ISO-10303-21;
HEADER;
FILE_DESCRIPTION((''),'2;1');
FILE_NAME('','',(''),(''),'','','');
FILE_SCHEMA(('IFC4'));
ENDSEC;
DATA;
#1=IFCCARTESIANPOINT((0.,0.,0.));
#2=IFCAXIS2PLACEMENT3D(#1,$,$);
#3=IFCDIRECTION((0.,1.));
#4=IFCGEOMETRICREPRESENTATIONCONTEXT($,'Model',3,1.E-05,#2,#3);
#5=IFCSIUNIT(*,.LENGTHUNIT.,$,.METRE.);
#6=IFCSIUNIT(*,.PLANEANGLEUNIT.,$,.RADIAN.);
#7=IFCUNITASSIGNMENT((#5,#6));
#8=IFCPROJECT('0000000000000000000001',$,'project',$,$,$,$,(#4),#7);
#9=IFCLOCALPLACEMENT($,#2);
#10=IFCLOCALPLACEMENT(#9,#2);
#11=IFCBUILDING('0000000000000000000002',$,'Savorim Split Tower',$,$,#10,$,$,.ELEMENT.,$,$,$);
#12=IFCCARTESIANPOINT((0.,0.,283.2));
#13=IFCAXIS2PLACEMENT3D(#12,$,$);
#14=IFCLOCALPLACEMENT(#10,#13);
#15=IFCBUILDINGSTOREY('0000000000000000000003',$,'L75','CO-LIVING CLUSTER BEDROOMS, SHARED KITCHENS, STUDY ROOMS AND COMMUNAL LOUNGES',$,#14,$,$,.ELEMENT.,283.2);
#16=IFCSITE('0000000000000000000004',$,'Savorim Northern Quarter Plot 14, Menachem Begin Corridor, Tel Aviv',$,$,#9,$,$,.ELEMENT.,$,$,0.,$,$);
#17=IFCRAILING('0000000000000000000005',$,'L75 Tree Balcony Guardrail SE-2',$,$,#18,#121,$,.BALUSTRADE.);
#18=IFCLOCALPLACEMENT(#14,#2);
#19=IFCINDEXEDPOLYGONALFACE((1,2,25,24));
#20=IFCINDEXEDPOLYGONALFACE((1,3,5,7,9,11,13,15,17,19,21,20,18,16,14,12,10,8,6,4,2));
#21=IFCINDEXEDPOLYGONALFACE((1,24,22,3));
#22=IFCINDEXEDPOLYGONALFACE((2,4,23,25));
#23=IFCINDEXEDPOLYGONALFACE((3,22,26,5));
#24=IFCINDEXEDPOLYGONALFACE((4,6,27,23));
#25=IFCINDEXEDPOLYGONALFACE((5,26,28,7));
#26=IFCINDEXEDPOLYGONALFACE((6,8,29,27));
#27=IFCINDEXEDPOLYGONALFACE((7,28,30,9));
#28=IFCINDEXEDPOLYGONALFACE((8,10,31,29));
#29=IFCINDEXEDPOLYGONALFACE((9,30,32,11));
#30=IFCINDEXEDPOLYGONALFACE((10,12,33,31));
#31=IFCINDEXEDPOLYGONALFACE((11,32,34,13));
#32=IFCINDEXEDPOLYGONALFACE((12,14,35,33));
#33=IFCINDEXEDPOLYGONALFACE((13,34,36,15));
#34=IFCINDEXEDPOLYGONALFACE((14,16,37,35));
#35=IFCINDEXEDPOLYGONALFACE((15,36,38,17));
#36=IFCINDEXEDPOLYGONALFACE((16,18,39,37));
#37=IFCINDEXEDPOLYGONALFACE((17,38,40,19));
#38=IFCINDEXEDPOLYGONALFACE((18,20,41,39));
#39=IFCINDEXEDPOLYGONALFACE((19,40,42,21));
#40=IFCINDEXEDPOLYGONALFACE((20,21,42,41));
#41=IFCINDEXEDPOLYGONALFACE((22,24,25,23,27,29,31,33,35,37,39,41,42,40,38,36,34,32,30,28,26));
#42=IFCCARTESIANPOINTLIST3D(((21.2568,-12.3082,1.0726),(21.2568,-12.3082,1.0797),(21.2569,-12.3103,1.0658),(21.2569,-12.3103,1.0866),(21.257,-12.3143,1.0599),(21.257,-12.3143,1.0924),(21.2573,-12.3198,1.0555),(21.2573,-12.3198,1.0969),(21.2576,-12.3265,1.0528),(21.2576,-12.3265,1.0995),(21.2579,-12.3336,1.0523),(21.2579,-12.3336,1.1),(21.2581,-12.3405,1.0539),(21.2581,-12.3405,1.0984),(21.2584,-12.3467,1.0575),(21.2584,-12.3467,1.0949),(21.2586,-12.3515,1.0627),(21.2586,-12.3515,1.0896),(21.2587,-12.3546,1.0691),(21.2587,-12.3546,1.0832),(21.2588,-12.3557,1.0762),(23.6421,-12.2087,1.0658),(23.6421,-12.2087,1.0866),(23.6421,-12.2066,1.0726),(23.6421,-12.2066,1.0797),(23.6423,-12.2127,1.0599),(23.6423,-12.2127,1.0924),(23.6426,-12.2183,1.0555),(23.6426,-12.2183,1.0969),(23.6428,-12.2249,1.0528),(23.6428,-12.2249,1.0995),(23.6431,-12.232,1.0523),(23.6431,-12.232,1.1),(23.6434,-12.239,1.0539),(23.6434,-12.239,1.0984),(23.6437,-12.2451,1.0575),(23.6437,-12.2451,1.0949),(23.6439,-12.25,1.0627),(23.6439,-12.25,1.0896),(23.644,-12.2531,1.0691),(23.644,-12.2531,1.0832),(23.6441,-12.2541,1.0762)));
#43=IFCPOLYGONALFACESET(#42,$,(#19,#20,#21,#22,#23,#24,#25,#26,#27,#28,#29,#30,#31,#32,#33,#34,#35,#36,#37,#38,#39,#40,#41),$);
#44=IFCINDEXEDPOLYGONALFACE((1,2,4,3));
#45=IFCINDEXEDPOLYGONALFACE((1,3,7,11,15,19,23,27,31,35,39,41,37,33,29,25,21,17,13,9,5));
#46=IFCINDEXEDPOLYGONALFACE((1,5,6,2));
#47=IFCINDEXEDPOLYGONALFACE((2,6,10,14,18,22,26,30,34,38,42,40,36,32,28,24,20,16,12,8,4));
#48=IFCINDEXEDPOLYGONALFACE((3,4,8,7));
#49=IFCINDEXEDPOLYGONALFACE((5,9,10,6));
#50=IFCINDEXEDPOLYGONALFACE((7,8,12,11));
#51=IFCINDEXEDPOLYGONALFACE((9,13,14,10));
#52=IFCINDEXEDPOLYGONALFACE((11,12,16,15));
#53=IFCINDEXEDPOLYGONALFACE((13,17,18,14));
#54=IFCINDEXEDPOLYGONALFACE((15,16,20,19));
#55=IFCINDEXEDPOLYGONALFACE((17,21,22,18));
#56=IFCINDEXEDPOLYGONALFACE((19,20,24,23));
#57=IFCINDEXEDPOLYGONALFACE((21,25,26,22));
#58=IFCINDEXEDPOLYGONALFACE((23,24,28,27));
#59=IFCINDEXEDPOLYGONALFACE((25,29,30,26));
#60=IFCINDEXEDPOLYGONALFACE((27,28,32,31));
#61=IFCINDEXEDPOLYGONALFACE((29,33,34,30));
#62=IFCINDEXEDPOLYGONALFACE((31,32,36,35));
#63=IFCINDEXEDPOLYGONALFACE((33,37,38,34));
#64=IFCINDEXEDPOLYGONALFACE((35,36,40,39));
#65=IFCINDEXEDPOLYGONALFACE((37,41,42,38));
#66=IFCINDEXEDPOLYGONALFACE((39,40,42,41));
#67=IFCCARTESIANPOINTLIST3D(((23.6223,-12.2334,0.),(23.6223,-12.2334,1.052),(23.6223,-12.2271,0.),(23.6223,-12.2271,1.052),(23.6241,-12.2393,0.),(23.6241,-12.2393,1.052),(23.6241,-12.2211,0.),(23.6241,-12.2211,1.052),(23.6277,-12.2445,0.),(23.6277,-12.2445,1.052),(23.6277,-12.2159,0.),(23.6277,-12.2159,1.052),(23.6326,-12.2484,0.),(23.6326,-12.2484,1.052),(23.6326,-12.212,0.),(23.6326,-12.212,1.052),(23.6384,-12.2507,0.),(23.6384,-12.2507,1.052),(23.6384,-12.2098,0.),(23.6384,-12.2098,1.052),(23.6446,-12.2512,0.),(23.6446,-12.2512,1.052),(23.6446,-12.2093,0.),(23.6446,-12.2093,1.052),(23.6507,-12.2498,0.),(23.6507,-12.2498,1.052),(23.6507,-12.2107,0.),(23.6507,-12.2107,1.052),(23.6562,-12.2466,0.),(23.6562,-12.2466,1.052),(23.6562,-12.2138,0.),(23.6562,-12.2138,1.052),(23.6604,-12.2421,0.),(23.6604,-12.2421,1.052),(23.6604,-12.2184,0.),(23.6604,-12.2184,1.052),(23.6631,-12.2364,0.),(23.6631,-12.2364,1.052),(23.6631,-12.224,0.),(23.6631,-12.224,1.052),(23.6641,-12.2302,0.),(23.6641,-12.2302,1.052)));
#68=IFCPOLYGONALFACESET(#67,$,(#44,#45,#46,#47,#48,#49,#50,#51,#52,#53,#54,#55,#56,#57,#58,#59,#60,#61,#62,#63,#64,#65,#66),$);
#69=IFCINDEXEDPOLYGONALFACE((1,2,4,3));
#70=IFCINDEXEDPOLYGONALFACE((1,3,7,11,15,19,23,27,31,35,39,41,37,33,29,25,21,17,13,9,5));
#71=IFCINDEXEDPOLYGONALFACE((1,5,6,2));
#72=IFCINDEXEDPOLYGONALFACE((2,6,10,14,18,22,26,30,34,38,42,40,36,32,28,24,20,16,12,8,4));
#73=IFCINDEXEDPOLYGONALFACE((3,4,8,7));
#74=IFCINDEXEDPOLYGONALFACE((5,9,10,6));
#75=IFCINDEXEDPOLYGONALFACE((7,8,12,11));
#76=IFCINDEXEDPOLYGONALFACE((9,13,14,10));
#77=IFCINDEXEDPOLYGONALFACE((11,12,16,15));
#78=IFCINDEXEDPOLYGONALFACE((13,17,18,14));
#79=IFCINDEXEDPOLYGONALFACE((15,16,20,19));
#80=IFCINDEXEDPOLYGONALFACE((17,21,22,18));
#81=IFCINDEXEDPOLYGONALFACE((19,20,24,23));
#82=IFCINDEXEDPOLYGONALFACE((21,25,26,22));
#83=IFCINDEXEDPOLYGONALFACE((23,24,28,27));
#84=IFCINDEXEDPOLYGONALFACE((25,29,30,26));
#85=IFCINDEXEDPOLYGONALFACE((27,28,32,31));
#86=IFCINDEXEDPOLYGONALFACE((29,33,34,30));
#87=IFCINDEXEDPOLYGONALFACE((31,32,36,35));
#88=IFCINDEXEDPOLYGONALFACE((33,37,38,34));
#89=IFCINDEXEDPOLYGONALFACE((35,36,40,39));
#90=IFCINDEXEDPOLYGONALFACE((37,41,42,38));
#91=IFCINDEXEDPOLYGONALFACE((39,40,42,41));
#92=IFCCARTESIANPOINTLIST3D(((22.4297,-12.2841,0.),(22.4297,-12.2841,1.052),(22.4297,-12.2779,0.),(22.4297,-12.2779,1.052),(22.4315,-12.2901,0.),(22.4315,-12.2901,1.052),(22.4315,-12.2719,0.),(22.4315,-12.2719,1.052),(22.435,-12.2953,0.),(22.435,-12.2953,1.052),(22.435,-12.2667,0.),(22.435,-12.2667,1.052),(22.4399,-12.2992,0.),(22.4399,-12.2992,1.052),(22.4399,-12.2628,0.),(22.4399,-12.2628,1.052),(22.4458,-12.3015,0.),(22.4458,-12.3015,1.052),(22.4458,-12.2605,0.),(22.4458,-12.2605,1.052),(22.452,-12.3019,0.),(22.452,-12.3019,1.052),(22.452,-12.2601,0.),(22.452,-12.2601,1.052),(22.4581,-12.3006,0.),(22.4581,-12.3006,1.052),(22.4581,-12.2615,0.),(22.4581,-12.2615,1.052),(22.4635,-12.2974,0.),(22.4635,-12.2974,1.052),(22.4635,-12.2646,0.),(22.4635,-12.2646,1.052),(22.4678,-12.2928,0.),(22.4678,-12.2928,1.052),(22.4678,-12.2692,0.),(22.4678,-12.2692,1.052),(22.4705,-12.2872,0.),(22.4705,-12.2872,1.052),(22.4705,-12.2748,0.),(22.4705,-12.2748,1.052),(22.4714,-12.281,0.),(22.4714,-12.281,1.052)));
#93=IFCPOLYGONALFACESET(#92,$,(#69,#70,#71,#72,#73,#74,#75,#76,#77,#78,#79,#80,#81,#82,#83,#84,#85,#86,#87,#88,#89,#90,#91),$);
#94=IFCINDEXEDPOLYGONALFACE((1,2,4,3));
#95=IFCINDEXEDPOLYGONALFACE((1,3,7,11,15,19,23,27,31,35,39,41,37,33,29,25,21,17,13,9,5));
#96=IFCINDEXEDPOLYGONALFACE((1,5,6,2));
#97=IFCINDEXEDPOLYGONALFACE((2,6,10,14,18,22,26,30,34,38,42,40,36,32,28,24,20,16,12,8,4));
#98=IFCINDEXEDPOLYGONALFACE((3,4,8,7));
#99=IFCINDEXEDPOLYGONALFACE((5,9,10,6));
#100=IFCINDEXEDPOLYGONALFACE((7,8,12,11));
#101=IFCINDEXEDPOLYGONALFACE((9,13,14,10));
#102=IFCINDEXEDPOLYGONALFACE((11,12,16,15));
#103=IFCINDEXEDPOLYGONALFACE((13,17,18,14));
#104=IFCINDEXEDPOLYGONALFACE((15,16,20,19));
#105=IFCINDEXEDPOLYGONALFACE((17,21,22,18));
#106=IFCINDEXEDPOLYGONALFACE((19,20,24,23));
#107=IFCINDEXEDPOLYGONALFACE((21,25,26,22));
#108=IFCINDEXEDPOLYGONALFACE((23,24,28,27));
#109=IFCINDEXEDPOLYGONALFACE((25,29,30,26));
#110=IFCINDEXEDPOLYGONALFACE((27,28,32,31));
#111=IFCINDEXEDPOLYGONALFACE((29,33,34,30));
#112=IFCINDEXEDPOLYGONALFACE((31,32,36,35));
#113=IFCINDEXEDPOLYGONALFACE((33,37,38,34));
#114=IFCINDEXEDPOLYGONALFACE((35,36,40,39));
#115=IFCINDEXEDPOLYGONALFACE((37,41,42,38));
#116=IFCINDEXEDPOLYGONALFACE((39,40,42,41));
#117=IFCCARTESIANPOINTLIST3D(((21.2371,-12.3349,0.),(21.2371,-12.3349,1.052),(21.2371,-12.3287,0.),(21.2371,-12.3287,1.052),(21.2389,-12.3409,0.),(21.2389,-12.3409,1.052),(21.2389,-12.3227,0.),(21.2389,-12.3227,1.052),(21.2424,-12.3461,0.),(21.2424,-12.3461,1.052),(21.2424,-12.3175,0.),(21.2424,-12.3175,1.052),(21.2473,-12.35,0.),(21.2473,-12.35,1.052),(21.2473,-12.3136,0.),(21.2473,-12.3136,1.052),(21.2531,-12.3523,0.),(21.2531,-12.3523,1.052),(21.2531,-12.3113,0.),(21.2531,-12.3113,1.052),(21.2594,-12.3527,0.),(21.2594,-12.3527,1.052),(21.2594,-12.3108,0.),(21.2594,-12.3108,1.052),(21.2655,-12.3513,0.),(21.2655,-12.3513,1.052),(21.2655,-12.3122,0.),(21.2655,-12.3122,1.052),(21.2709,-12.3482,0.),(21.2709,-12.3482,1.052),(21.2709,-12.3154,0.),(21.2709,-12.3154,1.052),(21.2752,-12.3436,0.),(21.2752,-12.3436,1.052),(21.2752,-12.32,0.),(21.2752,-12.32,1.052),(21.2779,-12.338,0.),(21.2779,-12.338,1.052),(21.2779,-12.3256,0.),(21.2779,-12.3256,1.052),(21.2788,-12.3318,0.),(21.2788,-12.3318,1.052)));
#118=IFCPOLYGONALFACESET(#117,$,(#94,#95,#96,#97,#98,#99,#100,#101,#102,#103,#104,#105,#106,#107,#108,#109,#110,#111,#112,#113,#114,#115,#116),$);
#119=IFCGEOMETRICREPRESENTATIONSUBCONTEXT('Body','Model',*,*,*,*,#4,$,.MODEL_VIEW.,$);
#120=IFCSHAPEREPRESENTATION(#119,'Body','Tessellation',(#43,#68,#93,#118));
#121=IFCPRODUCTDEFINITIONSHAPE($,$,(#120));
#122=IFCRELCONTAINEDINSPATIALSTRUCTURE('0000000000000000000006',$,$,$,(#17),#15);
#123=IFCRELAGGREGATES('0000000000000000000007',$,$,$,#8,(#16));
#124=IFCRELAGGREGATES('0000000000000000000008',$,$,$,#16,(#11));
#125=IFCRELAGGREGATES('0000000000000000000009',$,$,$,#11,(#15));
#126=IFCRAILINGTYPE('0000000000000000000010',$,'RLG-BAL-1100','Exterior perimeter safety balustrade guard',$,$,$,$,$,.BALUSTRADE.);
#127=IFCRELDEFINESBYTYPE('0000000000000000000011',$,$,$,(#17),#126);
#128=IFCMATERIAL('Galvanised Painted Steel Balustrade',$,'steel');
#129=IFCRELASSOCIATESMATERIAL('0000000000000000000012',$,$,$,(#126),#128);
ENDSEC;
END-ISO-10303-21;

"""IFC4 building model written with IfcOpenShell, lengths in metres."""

from ifc_helpers import new_model, si_unit, direction, frame, origin, origin_2d, place, context, subcontext, project, spatial, circle, extrude, material, type_object, element, save


model = new_model("IFC4")

# Units and contexts
model_context = context("Model", 3, precision=1e-05, world=origin(), true_north=direction((0.0, 1.0)))
body_context = subcontext(model_context, "Body", "Model", "MODEL_VIEW")
ifc_project = project(units=[si_unit("LENGTHUNIT", "METRE"), si_unit("PLANEANGLEUNIT", "RADIAN")], contexts=[model_context])

# Site, building, storey
site_placement = place(None, origin())
site = spatial("IfcSite", under=ifc_project, at=site_placement, Name="Savorim Northern Quarter Plot 14, Menachem Begin Corridor, Tel Aviv", CompositionType="ELEMENT", RefElevation=0.0)
building_placement = place(site_placement, origin())
building = spatial("IfcBuilding", under=site, at=building_placement, Name="Savorim Split Tower", CompositionType="ELEMENT")
storey_placement = place(building_placement, frame((0.0, 0.0, 283.2)))
storey = spatial("IfcBuildingStorey", under=building, at=storey_placement, Name="L75", Description="CO-LIVING CLUSTER BEDROOMS, SHARED KITCHENS, STUDY ROOMS AND COMMUNAL LOUNGES", CompositionType="ELEMENT", Elevation=283.2)

# Railing
ifc_material_1 = material(Name="Galvanised Painted Steel Balustrade", Category="steel")
railing_type = type_object("IfcRailingType", Name="RLG-BAL-1100", Description="Exterior perimeter safety balustrade guard", PredefinedType="BALUSTRADE", material=ifc_material_1)
railing_1_placement = place(storey_placement, frame((23.6431, -12.2302, 0.0)))
element("IfcRailing", 1, at=railing_1_placement, inside=storey, type_object=railing_type, Name="L75 Tree Balcony Guardrail SE-2", PredefinedType="BALUSTRADE", context=body_context, shape_type="SweptSolid", body=[
    extrude(circle(Radius=0.0239, at=origin_2d()), frame((0.0, 0.0, 1.0762), z_axis=(-0.999095, -0.042541, 0.0), x_axis=(0.042541, -0.999095, 0.0)), (0.0, 0.0, 1.0), 2.3875),
    extrude(circle(Radius=0.021, at=origin_2d()), origin(), (0.0, 0.0, 1.0), 1.052),
    extrude(circle(Radius=0.021, at=origin_2d()), frame((-1.1926, -0.0508, 0.0)), (0.0, 0.0, 1.0), 1.052),
    extrude(circle(Radius=0.021, at=origin_2d()), frame((-2.3853, -0.1016, 0.0)), (0.0, 0.0, 1.0), 1.052),
])

save(model, "model.ifc")
